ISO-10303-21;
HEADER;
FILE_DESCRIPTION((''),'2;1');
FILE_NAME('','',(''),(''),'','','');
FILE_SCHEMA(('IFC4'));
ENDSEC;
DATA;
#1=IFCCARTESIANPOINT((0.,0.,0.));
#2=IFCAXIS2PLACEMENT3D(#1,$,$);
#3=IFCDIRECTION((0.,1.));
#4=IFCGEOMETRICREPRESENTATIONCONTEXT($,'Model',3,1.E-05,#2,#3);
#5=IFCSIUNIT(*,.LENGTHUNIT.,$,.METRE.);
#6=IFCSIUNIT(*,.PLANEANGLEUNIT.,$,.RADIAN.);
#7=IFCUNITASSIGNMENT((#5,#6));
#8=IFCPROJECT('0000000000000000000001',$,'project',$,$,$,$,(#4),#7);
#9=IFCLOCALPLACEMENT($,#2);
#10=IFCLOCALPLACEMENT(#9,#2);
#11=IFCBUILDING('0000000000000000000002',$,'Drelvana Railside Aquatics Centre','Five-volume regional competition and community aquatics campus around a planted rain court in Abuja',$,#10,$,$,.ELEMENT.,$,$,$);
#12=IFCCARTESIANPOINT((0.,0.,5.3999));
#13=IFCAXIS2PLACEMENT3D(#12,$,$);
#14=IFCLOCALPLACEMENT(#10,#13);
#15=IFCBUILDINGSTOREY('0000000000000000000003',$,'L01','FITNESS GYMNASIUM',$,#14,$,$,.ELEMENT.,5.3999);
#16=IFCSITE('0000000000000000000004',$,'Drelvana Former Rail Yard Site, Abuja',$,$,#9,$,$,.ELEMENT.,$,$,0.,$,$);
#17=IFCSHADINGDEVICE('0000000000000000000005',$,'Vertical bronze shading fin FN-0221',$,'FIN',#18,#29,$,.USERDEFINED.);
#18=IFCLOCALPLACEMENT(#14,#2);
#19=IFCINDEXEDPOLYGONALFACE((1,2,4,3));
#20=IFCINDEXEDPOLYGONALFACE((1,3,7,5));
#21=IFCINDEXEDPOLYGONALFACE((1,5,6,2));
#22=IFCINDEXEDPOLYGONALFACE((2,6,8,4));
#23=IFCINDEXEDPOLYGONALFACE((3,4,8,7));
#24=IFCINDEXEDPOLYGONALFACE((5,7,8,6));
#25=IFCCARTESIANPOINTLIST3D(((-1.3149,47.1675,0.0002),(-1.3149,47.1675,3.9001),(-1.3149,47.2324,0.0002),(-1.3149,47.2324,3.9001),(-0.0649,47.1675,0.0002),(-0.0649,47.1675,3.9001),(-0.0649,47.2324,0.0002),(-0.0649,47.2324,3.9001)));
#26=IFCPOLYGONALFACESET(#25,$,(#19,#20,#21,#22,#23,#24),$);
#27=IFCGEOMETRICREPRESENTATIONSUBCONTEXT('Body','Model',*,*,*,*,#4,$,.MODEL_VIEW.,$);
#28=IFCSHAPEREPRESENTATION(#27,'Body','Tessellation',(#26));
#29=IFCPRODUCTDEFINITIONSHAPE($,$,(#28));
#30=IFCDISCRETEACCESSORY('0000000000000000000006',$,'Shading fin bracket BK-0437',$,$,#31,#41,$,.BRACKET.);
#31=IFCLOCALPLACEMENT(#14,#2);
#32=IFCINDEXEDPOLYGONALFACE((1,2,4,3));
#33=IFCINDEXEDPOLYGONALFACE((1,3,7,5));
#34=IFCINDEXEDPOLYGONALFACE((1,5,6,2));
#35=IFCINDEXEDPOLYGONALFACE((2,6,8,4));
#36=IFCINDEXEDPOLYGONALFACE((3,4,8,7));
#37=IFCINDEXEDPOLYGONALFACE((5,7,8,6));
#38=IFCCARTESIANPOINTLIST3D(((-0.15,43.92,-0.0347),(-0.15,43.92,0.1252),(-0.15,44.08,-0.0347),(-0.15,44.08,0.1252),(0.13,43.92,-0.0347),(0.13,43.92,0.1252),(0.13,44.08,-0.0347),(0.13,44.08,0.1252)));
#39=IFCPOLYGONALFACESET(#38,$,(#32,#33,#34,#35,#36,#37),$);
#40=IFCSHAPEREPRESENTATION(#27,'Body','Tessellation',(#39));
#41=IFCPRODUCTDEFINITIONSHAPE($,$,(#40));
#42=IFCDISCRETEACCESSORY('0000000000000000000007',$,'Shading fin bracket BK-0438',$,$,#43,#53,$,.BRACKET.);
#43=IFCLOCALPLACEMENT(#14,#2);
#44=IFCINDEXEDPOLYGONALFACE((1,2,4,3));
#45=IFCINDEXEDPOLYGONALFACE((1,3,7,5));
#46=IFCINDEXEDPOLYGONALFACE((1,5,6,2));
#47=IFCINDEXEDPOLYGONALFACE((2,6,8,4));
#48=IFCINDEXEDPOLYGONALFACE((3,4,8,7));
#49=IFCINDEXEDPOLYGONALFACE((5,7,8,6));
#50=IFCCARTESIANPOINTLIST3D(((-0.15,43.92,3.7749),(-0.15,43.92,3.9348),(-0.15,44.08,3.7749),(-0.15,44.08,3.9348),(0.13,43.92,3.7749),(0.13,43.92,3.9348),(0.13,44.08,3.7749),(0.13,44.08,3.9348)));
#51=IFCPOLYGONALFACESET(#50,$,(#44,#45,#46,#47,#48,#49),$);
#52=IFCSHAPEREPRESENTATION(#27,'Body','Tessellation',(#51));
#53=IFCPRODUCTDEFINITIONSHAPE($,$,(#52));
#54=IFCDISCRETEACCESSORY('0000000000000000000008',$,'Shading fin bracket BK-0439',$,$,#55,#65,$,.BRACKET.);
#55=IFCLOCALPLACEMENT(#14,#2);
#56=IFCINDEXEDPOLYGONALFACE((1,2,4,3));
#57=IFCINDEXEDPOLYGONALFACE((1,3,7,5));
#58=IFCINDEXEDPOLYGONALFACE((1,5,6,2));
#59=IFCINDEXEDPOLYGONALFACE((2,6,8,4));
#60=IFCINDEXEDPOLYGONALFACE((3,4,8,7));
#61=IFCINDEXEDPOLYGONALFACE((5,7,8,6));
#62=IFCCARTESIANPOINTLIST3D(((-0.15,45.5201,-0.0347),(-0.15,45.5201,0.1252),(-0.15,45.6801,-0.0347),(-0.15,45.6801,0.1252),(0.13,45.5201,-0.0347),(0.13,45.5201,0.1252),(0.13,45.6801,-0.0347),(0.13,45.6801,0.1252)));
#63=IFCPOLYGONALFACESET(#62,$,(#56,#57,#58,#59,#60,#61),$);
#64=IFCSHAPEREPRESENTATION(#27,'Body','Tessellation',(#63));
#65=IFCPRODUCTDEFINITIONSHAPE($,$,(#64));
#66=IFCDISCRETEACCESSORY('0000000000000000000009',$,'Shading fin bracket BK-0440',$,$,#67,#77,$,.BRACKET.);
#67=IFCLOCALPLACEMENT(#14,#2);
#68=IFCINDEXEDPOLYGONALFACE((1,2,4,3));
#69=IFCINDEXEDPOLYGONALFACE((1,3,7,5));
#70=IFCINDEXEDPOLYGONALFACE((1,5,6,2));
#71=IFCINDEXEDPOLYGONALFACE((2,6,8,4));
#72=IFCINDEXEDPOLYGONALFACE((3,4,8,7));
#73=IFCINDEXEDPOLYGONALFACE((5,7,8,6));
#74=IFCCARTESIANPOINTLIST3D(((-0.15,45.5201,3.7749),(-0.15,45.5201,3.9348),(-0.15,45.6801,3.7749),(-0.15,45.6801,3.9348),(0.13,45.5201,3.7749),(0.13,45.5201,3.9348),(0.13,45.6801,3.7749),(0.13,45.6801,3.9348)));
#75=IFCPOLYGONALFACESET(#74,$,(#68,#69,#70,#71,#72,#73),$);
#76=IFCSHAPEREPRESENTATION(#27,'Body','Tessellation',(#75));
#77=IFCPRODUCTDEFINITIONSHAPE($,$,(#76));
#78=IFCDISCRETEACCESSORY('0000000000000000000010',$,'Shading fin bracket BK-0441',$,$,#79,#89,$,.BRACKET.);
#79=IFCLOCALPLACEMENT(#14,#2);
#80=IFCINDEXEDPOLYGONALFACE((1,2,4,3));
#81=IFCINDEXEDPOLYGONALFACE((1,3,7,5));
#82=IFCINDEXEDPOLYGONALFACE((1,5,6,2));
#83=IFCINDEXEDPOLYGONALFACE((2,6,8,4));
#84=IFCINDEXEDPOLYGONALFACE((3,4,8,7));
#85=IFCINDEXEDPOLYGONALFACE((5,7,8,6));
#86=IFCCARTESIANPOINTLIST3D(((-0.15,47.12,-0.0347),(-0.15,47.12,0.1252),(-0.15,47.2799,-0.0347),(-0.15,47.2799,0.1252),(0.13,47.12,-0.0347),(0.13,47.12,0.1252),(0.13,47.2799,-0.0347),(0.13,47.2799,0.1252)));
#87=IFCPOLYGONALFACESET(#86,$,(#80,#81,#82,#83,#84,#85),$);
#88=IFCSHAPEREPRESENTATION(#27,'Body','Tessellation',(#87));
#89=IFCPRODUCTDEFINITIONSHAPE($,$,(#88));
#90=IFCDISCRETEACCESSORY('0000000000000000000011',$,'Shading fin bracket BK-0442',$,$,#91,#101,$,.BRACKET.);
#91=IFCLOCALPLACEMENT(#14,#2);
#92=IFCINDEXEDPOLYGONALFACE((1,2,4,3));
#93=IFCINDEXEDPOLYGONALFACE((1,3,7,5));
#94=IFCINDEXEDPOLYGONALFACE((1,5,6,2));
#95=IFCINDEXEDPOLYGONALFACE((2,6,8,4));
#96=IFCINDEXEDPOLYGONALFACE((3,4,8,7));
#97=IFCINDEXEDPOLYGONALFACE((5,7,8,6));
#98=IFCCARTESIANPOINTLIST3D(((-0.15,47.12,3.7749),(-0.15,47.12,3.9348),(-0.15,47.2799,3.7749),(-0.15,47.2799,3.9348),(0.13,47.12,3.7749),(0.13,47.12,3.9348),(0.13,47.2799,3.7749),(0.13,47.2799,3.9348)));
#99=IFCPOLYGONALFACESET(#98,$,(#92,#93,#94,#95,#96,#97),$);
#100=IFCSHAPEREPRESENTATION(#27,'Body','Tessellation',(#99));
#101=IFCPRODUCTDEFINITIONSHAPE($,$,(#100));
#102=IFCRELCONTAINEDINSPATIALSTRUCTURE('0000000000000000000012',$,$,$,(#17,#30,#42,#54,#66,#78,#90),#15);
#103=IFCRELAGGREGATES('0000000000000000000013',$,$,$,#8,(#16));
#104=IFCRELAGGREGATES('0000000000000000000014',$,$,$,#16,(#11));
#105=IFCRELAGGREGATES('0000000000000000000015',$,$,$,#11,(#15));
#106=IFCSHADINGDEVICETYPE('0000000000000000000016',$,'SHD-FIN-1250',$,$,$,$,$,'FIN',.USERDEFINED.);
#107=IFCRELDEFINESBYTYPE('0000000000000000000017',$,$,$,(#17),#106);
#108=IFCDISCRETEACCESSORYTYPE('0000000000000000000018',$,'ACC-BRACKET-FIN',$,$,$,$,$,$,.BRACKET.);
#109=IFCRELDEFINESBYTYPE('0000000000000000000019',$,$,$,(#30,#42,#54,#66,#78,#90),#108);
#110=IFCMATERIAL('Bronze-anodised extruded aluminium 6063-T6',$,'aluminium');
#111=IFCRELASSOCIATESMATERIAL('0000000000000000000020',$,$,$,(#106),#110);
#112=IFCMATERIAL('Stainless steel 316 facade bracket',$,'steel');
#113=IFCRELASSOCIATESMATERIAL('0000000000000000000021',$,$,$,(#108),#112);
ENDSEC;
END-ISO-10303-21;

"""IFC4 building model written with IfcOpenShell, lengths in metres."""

from ifc_helpers import new_model, si_unit, direction, frame, origin, origin_2d, place, context, subcontext, project, spatial, rectangle, extrude, material, type_object, element, save


model = new_model("IFC4")

# Units and contexts
model_context = context("Model", 3, precision=1e-05, world=origin(), true_north=direction((0.0, 1.0)))
body_context = subcontext(model_context, "Body", "Model", "MODEL_VIEW")
ifc_project = project(units=[si_unit("LENGTHUNIT", "METRE"), si_unit("PLANEANGLEUNIT", "RADIAN")], contexts=[model_context])

# Site, building, storey
site_placement = place(None, origin())
site = spatial("IfcSite", under=ifc_project, at=site_placement, Name="Drelvana Former Rail Yard Site, Abuja", CompositionType="ELEMENT", RefElevation=0.0)
building_placement = place(site_placement, origin())
building = spatial("IfcBuilding", under=site, at=building_placement, Name="Drelvana Railside Aquatics Centre", Description="Five-volume regional competition and community aquatics campus around a planted rain court in Abuja", CompositionType="ELEMENT")
storey_placement = place(building_placement, frame((0.0, 0.0, 5.3999)))
storey = spatial("IfcBuildingStorey", under=building, at=storey_placement, Name="L01", Description="FITNESS GYMNASIUM", CompositionType="ELEMENT", Elevation=5.3999)

# Shared definitions
ifc_material_1 = material(Name="Bronze-anodised extruded aluminium 6063-T6", Category="aluminium")

# Shading device
shading_device_type = type_object("IfcShadingDeviceType", Name="SHD-FIN-1250", ElementType="FIN", PredefinedType="USERDEFINED", material=ifc_material_1)
for number, where, z_axis, x_axis, name in (
    (1, (-0.6899, 47.2, 0.0002), (0.0, 0.0, 1.0), (-1.0, 0.0, 0.0), "Vertical bronze shading fin FN-0221"),
):
    element("IfcShadingDevice", number, at=place(storey_placement, frame(where, z_axis=z_axis, x_axis=x_axis)), inside=storey, type_object=shading_device_type, Name=name, ObjectType="FIN", PredefinedType="USERDEFINED", context=body_context, shape_type="SweptSolid", body=[
        extrude(rectangle(XDim=1.25, YDim=0.0649, at=origin_2d()), origin(), (0.0, 0.0, 1.0), 3.8999),
    ])

# Discrete accessories
ifc_material_2 = material(Name="Stainless steel 316 facade bracket", Category="steel")
discrete_accessory_type = type_object("IfcDiscreteAccessoryType", Name="ACC-BRACKET-FIN", PredefinedType="BRACKET", material=ifc_material_2)
for number, where, z_axis, x_axis, name in (
    (2, (-0.01, 44.0, -0.0347), (0.0, 0.0, 1.0), (-1.0, 0.0, 0.0), "Shading fin bracket BK-0437"),
    (3, (-0.01, 44.0, 3.7749), (0.0, 0.0, 1.0), (-1.0, 0.0, 0.0), "Shading fin bracket BK-0438"),
    (4, (-0.01, 45.6001, -0.0347), (0.0, 0.0, 1.0), (-1.0, 0.0, 0.0), "Shading fin bracket BK-0439"),
    (5, (-0.01, 45.6001, 3.7749), (0.0, 0.0, 1.0), (-1.0, 0.0, 0.0), "Shading fin bracket BK-0440"),
    (6, (-0.01, 47.2, -0.0347), (0.0, 0.0, 1.0), (-1.0, 0.0, 0.0), "Shading fin bracket BK-0441"),
    (7, (-0.01, 47.2, 3.7749), (0.0, 0.0, 1.0), (-1.0, 0.0, 0.0), "Shading fin bracket BK-0442"),
):
    element("IfcDiscreteAccessory", number, at=place(storey_placement, frame(where, z_axis=z_axis, x_axis=x_axis)), inside=storey, type_object=discrete_accessory_type, Name=name, PredefinedType="BRACKET", context=body_context, shape_type="SweptSolid", body=[
        extrude(rectangle(XDim=0.28, YDim=0.1599, at=origin_2d()), origin(), (0.0, 0.0, 1.0), 0.1599),
    ])

save(model, "model.ifc")
